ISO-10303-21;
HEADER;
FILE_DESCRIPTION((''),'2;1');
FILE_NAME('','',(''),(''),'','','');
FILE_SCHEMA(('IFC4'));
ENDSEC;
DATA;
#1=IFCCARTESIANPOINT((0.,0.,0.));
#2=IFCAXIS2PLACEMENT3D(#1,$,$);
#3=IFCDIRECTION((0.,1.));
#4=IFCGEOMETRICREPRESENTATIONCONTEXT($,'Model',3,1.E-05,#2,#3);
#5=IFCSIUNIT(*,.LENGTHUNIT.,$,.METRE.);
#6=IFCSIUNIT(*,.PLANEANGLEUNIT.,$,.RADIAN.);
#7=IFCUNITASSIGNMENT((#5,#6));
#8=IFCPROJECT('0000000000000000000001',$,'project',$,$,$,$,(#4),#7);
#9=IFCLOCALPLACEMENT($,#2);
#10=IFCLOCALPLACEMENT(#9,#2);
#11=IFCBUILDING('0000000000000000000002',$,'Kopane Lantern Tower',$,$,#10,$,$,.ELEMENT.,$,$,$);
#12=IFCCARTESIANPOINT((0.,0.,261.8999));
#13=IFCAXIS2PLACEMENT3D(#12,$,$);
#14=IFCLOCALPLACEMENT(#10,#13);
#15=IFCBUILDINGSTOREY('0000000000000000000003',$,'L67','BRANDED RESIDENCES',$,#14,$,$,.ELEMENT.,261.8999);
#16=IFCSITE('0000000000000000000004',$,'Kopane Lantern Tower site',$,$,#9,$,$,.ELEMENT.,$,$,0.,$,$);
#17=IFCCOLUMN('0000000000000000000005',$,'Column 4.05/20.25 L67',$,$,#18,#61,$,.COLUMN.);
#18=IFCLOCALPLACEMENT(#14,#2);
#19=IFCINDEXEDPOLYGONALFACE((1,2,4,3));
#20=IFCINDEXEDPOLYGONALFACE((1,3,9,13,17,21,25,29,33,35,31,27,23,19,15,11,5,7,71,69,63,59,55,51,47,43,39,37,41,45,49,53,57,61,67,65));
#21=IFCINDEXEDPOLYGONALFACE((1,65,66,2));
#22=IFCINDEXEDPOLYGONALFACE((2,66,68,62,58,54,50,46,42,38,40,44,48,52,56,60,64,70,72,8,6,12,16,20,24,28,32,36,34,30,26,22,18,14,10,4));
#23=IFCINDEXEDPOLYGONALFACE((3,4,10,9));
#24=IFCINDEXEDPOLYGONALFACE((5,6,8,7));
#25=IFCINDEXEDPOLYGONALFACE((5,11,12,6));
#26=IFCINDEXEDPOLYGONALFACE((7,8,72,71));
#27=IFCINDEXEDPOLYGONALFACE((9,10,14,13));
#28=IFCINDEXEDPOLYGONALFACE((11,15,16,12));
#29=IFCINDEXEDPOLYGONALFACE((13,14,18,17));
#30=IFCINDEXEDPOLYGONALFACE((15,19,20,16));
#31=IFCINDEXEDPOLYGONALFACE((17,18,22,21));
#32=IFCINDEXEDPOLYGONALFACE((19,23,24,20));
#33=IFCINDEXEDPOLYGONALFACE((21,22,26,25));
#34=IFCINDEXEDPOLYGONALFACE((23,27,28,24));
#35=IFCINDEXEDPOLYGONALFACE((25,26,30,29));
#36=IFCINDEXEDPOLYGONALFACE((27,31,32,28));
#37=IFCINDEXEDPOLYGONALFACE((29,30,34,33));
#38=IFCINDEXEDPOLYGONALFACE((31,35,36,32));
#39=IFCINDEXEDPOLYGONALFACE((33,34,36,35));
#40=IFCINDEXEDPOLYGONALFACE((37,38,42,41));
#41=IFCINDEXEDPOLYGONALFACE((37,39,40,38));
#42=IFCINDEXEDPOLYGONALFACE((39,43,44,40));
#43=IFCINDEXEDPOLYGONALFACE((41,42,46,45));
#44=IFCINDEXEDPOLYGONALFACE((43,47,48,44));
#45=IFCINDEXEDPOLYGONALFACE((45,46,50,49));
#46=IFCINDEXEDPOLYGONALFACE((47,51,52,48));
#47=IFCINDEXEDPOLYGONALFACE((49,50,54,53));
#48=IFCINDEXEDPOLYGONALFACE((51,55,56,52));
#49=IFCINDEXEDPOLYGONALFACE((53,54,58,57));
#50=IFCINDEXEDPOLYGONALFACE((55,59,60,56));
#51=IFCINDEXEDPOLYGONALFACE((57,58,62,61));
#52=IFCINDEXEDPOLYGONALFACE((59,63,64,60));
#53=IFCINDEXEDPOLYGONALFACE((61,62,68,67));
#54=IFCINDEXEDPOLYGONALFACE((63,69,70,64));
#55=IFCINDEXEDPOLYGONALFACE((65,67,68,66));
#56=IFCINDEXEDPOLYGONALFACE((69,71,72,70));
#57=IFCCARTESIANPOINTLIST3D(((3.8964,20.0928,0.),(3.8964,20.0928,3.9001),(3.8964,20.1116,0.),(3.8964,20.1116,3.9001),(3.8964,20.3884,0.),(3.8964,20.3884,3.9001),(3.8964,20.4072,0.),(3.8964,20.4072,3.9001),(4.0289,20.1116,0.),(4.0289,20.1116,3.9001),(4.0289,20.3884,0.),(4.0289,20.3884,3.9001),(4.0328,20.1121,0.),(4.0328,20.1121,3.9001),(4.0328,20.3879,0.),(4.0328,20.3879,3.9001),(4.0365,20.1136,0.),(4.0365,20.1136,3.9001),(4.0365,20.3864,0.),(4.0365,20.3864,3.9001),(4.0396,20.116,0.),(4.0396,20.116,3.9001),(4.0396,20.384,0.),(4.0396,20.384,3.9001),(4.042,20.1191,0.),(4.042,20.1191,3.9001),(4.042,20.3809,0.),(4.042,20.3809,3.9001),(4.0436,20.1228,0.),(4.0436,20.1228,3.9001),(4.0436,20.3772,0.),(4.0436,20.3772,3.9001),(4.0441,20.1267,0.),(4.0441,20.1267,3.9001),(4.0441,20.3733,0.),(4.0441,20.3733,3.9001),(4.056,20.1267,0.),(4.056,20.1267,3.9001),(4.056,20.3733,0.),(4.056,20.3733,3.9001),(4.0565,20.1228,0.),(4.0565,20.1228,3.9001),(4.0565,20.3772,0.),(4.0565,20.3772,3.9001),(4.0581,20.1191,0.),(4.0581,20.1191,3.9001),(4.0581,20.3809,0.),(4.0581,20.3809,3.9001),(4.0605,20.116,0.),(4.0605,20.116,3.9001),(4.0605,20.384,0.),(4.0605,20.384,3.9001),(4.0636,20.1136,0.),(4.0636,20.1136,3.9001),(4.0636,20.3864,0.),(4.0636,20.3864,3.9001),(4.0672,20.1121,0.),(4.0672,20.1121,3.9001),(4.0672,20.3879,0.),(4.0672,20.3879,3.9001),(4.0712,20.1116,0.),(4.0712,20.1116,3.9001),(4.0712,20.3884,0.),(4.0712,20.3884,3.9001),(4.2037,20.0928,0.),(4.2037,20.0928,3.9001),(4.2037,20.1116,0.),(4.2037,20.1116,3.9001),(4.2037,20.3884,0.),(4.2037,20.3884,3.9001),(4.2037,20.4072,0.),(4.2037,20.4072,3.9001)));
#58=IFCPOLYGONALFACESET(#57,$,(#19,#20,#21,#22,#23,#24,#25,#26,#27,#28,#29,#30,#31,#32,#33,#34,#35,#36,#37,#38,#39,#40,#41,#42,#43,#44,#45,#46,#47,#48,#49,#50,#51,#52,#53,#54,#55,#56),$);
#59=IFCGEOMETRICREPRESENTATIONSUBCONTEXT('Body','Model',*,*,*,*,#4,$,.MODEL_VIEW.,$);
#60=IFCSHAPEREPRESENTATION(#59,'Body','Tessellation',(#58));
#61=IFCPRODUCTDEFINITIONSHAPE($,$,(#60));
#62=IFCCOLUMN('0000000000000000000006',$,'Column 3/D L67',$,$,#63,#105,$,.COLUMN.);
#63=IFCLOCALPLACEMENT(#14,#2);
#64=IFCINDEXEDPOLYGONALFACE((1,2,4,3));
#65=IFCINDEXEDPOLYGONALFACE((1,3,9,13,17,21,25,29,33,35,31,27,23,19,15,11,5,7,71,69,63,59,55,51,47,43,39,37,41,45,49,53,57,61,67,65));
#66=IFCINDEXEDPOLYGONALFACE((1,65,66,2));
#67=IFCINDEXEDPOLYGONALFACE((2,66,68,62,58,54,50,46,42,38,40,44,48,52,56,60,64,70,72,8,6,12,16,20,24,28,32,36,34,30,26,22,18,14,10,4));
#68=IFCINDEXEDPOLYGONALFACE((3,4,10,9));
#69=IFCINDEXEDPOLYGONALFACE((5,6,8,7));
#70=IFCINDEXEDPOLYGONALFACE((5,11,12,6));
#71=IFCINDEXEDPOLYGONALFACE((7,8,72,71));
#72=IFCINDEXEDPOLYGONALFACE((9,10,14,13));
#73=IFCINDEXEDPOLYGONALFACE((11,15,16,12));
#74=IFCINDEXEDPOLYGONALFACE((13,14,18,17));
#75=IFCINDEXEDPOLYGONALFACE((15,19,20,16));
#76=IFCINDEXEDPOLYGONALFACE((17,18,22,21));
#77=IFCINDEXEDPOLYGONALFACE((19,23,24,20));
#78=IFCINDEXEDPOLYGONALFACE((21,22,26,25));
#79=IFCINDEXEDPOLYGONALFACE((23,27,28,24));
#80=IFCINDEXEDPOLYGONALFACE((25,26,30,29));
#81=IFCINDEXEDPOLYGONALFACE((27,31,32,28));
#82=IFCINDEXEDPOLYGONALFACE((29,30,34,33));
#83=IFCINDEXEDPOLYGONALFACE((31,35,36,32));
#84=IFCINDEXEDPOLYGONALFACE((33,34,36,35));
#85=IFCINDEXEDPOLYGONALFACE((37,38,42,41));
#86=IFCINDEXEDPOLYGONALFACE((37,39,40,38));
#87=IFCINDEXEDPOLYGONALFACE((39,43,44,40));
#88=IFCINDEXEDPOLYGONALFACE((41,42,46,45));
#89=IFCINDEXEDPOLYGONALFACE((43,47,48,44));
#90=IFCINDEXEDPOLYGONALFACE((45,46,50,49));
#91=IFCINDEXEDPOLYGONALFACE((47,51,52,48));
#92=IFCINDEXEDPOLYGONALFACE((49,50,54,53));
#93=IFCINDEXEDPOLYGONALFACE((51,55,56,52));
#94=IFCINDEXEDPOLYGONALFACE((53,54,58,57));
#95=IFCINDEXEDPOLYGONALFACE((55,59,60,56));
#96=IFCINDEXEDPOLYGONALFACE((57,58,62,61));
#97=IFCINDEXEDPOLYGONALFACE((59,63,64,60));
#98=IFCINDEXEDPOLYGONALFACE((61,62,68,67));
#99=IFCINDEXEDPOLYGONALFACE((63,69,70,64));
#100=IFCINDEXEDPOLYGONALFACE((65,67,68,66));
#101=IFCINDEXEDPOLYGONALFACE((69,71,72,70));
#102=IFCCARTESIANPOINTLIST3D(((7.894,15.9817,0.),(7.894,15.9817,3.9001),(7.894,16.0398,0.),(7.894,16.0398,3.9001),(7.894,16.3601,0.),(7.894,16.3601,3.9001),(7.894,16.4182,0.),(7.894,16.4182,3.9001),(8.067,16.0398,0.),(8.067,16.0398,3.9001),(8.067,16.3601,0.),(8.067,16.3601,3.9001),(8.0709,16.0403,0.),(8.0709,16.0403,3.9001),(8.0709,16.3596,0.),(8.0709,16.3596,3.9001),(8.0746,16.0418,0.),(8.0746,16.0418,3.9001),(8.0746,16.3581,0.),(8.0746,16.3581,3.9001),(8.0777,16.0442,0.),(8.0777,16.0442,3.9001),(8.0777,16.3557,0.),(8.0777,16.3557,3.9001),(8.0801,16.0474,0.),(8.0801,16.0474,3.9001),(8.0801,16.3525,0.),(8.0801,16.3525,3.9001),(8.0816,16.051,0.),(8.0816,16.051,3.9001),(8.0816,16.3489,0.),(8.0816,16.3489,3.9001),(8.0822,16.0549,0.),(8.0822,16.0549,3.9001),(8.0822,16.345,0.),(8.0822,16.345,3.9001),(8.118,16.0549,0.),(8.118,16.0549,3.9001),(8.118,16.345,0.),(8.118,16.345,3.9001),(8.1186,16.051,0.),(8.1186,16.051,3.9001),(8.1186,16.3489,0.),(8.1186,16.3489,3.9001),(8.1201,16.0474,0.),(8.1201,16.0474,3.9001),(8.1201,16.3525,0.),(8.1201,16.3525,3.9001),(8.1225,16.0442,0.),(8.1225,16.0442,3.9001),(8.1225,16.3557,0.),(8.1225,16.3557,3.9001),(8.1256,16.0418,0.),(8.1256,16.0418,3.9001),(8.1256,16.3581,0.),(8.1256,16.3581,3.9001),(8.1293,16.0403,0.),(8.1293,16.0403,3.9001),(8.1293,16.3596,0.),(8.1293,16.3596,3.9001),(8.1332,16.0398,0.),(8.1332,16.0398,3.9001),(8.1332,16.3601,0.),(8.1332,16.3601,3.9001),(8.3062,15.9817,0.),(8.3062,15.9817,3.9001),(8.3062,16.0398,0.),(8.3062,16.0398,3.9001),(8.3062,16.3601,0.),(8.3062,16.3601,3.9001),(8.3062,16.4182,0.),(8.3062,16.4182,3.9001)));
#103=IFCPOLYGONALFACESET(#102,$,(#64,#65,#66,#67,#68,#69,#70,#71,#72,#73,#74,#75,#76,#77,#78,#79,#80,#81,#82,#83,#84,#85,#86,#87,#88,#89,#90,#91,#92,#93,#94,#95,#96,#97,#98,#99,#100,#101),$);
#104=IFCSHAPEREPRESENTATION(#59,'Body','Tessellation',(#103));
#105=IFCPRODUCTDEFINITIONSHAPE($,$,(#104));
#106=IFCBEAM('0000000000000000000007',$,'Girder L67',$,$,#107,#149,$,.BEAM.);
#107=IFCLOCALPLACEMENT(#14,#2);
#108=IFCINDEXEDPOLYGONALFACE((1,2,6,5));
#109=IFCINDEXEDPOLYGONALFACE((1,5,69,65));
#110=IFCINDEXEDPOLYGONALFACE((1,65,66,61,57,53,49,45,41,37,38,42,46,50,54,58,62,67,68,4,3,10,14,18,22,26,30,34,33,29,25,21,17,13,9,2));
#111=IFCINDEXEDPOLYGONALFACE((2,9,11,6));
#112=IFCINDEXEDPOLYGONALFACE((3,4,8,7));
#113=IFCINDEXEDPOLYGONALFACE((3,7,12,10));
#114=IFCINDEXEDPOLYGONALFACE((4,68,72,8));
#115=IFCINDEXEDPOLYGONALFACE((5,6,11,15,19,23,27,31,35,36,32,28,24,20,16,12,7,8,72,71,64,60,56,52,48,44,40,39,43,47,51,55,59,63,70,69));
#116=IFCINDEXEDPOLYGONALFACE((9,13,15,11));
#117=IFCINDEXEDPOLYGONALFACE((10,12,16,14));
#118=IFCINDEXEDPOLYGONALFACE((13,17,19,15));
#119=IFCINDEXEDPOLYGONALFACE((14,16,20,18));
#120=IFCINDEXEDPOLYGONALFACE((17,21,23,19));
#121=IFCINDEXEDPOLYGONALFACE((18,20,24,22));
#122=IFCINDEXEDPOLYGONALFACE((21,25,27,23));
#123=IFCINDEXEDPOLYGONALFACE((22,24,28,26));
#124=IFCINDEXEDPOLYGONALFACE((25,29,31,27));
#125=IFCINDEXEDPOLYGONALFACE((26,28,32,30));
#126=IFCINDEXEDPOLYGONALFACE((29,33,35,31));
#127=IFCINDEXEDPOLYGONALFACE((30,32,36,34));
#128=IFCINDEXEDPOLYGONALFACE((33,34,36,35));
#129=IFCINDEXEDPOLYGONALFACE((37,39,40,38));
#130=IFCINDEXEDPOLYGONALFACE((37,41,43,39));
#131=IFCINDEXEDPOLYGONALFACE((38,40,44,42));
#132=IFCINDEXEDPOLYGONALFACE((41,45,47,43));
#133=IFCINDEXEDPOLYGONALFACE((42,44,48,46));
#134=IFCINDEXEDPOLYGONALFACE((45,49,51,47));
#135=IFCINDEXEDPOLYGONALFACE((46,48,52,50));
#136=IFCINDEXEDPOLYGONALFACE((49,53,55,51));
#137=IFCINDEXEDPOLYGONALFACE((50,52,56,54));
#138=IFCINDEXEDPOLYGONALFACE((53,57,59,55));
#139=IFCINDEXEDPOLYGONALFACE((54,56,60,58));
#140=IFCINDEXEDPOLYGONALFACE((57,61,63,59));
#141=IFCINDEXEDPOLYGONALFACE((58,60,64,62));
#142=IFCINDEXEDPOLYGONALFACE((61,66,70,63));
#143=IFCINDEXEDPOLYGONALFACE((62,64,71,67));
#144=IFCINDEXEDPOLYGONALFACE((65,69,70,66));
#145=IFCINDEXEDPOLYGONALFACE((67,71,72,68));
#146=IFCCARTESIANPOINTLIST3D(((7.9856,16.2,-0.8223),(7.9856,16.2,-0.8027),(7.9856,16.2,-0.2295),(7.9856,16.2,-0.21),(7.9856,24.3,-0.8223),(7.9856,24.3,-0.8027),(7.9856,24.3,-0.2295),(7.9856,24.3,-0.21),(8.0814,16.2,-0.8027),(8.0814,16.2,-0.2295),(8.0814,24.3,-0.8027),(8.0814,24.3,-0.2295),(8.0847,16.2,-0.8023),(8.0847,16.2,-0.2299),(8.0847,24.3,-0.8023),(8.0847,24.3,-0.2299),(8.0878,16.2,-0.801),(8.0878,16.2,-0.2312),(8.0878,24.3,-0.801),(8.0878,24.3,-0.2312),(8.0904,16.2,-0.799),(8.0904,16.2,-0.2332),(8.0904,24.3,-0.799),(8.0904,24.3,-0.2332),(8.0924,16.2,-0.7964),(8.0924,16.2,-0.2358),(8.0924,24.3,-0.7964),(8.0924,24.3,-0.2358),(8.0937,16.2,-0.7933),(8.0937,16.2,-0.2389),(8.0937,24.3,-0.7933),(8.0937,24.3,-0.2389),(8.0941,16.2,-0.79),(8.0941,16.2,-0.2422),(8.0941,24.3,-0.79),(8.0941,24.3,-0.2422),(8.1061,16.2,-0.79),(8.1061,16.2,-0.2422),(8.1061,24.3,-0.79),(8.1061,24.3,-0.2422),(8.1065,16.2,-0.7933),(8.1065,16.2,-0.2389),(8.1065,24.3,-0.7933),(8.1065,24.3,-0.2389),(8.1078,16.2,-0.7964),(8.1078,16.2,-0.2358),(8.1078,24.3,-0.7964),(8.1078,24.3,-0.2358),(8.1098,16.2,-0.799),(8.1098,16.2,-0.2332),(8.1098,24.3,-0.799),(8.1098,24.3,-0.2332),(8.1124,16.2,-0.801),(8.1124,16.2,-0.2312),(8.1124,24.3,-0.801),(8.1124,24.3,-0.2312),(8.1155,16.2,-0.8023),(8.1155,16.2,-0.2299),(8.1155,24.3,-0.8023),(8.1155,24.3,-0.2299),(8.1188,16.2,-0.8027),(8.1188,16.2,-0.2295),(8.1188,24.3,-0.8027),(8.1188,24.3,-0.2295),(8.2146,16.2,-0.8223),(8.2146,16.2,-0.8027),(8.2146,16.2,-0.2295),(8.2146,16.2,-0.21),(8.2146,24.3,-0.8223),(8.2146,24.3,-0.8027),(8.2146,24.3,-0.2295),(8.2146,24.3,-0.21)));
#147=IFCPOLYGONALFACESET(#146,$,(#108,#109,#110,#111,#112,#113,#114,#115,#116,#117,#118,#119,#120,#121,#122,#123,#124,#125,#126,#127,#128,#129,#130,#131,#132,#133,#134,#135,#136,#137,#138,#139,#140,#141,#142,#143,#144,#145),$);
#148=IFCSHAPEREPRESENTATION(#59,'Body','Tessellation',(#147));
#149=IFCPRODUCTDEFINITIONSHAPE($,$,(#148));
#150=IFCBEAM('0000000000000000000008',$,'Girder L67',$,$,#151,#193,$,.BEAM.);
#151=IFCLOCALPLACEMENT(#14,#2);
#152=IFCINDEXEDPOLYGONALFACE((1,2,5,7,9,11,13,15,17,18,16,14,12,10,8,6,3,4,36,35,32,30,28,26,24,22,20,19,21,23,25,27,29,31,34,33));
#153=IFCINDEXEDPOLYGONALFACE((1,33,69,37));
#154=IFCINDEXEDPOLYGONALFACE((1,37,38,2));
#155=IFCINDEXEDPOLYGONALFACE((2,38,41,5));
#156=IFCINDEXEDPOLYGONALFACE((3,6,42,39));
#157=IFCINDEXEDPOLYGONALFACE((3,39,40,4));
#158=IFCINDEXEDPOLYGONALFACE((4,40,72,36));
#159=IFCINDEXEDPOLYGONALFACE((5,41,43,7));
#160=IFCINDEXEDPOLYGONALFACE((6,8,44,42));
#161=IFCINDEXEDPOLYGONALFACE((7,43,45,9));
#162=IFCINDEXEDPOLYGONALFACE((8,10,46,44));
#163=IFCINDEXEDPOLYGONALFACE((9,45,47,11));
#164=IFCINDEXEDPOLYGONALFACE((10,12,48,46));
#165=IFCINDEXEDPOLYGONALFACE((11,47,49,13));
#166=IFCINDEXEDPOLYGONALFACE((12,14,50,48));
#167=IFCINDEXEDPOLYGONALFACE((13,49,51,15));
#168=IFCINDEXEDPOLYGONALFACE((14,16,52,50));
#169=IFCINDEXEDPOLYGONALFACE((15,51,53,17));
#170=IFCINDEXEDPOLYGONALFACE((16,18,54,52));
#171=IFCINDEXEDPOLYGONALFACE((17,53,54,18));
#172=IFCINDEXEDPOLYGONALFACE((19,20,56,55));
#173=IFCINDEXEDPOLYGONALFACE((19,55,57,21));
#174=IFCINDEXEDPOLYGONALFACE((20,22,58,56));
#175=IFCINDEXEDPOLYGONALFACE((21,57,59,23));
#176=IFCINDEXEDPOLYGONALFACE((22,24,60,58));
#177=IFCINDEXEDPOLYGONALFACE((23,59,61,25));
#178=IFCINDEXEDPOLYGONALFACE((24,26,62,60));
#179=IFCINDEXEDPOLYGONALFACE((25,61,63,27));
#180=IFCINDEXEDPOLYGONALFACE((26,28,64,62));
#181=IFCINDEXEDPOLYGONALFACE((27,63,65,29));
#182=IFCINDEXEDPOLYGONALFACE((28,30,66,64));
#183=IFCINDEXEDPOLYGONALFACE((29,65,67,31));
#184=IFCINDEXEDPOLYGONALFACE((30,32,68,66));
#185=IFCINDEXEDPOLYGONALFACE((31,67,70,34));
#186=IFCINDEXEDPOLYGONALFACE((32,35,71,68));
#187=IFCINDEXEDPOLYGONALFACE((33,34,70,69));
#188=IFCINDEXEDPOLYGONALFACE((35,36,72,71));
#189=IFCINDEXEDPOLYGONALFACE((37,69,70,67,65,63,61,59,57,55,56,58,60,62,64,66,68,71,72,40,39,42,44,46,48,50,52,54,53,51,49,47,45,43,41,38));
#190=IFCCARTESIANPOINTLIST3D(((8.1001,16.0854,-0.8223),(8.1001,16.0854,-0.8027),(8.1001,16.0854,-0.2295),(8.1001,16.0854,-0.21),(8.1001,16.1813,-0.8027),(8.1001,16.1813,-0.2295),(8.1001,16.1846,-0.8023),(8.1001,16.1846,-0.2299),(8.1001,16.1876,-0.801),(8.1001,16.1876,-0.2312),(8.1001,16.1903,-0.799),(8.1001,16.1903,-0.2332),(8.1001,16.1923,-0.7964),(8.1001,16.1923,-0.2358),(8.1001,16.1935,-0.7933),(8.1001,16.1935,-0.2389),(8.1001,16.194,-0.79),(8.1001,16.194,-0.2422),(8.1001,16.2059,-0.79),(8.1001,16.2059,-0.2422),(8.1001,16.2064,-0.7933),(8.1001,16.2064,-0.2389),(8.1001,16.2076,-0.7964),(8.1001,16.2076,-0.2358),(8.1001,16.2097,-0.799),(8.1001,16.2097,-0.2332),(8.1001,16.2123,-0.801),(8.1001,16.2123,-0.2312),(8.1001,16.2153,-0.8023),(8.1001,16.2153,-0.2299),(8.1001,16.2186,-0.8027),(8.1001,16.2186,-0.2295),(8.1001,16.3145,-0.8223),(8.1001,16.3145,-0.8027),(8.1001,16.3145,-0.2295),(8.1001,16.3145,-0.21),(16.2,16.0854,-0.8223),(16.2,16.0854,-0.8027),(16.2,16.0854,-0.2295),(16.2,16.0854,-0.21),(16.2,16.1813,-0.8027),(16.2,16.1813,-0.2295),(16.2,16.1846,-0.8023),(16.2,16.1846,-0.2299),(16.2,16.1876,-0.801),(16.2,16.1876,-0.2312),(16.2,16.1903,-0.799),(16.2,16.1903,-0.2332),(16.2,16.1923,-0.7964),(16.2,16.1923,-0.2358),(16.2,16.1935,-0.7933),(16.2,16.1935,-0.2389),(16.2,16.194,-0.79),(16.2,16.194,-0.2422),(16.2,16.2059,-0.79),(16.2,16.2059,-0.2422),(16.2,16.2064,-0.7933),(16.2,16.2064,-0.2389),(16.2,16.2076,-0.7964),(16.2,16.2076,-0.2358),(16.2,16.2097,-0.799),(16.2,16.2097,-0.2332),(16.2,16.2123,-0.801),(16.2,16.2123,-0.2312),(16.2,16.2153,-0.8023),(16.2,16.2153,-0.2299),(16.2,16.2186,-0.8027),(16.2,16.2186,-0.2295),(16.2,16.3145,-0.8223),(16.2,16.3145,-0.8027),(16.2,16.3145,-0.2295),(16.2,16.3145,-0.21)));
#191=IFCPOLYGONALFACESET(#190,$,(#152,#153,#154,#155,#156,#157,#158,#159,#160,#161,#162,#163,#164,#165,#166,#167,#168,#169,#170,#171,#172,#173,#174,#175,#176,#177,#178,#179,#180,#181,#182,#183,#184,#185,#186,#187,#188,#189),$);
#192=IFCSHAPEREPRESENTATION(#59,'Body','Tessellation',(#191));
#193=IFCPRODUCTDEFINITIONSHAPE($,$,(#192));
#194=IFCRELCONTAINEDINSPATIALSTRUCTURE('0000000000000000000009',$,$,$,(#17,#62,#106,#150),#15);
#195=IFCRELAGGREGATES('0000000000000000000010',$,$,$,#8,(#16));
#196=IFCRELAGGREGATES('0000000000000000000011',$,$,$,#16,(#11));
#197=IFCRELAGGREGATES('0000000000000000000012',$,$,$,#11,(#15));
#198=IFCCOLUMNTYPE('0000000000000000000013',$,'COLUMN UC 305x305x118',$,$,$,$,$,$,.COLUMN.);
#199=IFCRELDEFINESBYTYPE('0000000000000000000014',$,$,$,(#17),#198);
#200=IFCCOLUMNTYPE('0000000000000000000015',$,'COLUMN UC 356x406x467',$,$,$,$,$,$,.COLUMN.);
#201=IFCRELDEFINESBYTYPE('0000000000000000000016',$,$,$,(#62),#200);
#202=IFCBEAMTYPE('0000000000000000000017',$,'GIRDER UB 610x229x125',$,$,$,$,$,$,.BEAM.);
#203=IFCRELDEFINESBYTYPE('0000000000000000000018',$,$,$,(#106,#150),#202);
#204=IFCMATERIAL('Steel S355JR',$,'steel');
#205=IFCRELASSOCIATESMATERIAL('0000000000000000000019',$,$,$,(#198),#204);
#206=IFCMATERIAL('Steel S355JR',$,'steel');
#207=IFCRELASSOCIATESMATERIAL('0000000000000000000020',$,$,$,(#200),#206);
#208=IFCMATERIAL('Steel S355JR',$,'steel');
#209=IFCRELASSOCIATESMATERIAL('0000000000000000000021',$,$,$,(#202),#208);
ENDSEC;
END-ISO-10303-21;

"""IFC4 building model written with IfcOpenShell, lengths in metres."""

from ifc_helpers import new_model, si_unit, direction, frame, origin, origin_2d, place, context, subcontext, project, spatial, i_section, extrude, material, material_profile, profile_set, type_object, element, save


model = new_model("IFC4")

# Units and contexts
model_context = context("Model", 3, precision=1e-05, world=origin(), true_north=direction((0.0, 1.0)))
body_context = subcontext(model_context, "Body", "Model", "MODEL_VIEW")
ifc_project = project(units=[si_unit("LENGTHUNIT", "METRE"), si_unit("PLANEANGLEUNIT", "RADIAN")], contexts=[model_context])

# Site, building, storey
site_placement = place(None, origin())
site = spatial("IfcSite", under=ifc_project, at=site_placement, Name="Kopane Lantern Tower site", CompositionType="ELEMENT", RefElevation=0.0)
building_placement = place(site_placement, origin())
building = spatial("IfcBuilding", under=site, at=building_placement, Name="Kopane Lantern Tower", CompositionType="ELEMENT")
storey_placement = place(building_placement, frame((0.0, 0.0, 261.8999)))
storey = spatial("IfcBuildingStorey", under=building, at=storey_placement, Name="L67", Description="BRANDED RESIDENCES", CompositionType="ELEMENT", Elevation=261.8999)

# Columns
ifc_material_1 = material(Name="Steel S355JR", Category="steel")
ifc_material_profile_1 = material_profile(ifc_material_1, i_section(OverallWidth=0.3074, OverallDepth=0.3145, WebThickness=0.012, FlangeThickness=0.0188, FilletRadius=0.0151, at=origin_2d()), Name="UC 305x305x118")
ifc_profile_set_1 = profile_set([ifc_material_profile_1], Name="Steel S355JR")
column_type_1 = type_object("IfcColumnType", Name="COLUMN UC 305x305x118", PredefinedType="COLUMN", material=ifc_profile_set_1)
column_1_placement = place(storey_placement, frame((4.05, 20.25, 0.0), z_axis=(0.0, 0.0, 1.0), x_axis=(1.0, 0.0, 0.0)))
element("IfcColumn", 1, at=column_1_placement, inside=storey, type_object=column_type_1, Name="Column 4.05/20.25 L67", PredefinedType="COLUMN", context=body_context, shape_type="SweptSolid", body=[
    extrude(i_section(OverallWidth=0.3074, OverallDepth=0.3145, WebThickness=0.012, FlangeThickness=0.0188, FilletRadius=0.0151, at=origin_2d()), origin(), (0.0, 0.0, 1.0), 3.9001),
])
ifc_material_2 = material(Name="Steel S355JR", Category="steel")
ifc_material_profile_2 = material_profile(ifc_material_2, i_section(OverallWidth=0.4121, OverallDepth=0.4365, WebThickness=0.0359, FlangeThickness=0.0581, FilletRadius=0.0151, at=origin_2d()), Name="UC 356x406x467")
ifc_profile_set_2 = profile_set([ifc_material_profile_2], Name="Steel S355JR")
column_type_2 = type_object("IfcColumnType", Name="COLUMN UC 356x406x467", PredefinedType="COLUMN", material=ifc_profile_set_2)
column_2_placement = place(storey_placement, frame((8.1001, 16.2, 0.0), z_axis=(0.0, 0.0, 1.0), x_axis=(1.0, 0.0, 0.0)))
element("IfcColumn", 2, at=column_2_placement, inside=storey, type_object=column_type_2, Name="Column 3/D L67", PredefinedType="COLUMN", context=body_context, shape_type="SweptSolid", body=[
    extrude(i_section(OverallWidth=0.4121, OverallDepth=0.4365, WebThickness=0.0359, FlangeThickness=0.0581, FilletRadius=0.0151, at=origin_2d()), origin(), (0.0, 0.0, 1.0), 3.9001),
])

# Beams
ifc_material_3 = material(Name="Steel S355JR", Category="steel")
ifc_material_profile_3 = material_profile(ifc_material_3, i_section(OverallWidth=0.229, OverallDepth=0.6123, WebThickness=0.012, FlangeThickness=0.0195, FilletRadius=0.0127, at=origin_2d()), Name="UB 610x229x125")
ifc_profile_set_3 = profile_set([ifc_material_profile_3], Name="Steel S355JR")
beam_type = type_object("IfcBeamType", Name="GIRDER UB 610x229x125", PredefinedType="BEAM", material=ifc_profile_set_3)
beam_1_placement = place(storey_placement, frame((8.1001, 16.2, -0.5161), z_axis=(0.0, 1.0, 0.0), x_axis=(-1.0, 0.0, 0.0)))
element("IfcBeam", 3, at=beam_1_placement, inside=storey, type_object=beam_type, Name="Girder L67", PredefinedType="BEAM", context=body_context, shape_type="SweptSolid", body=[
    extrude(i_section(OverallWidth=0.229, OverallDepth=0.6123, WebThickness=0.012, FlangeThickness=0.0195, FilletRadius=0.0127, at=origin_2d()), origin(), (0.0, 0.0, 1.0), 8.1001),
])
beam_2_placement = place(storey_placement, frame((8.1001, 16.2, -0.5161), z_axis=(1.0, 0.0, 0.0), x_axis=(0.0, 1.0, 0.0)))
element("IfcBeam", 4, at=beam_2_placement, inside=storey, type_object=beam_type, Name="Girder L67", PredefinedType="BEAM", context=body_context, shape_type="SweptSolid", body=[
    extrude(i_section(OverallWidth=0.229, OverallDepth=0.6123, WebThickness=0.012, FlangeThickness=0.0195, FilletRadius=0.0127, at=origin_2d()), origin(), (0.0, 0.0, 1.0), 8.0999),
])

save(model, "model.ifc")
